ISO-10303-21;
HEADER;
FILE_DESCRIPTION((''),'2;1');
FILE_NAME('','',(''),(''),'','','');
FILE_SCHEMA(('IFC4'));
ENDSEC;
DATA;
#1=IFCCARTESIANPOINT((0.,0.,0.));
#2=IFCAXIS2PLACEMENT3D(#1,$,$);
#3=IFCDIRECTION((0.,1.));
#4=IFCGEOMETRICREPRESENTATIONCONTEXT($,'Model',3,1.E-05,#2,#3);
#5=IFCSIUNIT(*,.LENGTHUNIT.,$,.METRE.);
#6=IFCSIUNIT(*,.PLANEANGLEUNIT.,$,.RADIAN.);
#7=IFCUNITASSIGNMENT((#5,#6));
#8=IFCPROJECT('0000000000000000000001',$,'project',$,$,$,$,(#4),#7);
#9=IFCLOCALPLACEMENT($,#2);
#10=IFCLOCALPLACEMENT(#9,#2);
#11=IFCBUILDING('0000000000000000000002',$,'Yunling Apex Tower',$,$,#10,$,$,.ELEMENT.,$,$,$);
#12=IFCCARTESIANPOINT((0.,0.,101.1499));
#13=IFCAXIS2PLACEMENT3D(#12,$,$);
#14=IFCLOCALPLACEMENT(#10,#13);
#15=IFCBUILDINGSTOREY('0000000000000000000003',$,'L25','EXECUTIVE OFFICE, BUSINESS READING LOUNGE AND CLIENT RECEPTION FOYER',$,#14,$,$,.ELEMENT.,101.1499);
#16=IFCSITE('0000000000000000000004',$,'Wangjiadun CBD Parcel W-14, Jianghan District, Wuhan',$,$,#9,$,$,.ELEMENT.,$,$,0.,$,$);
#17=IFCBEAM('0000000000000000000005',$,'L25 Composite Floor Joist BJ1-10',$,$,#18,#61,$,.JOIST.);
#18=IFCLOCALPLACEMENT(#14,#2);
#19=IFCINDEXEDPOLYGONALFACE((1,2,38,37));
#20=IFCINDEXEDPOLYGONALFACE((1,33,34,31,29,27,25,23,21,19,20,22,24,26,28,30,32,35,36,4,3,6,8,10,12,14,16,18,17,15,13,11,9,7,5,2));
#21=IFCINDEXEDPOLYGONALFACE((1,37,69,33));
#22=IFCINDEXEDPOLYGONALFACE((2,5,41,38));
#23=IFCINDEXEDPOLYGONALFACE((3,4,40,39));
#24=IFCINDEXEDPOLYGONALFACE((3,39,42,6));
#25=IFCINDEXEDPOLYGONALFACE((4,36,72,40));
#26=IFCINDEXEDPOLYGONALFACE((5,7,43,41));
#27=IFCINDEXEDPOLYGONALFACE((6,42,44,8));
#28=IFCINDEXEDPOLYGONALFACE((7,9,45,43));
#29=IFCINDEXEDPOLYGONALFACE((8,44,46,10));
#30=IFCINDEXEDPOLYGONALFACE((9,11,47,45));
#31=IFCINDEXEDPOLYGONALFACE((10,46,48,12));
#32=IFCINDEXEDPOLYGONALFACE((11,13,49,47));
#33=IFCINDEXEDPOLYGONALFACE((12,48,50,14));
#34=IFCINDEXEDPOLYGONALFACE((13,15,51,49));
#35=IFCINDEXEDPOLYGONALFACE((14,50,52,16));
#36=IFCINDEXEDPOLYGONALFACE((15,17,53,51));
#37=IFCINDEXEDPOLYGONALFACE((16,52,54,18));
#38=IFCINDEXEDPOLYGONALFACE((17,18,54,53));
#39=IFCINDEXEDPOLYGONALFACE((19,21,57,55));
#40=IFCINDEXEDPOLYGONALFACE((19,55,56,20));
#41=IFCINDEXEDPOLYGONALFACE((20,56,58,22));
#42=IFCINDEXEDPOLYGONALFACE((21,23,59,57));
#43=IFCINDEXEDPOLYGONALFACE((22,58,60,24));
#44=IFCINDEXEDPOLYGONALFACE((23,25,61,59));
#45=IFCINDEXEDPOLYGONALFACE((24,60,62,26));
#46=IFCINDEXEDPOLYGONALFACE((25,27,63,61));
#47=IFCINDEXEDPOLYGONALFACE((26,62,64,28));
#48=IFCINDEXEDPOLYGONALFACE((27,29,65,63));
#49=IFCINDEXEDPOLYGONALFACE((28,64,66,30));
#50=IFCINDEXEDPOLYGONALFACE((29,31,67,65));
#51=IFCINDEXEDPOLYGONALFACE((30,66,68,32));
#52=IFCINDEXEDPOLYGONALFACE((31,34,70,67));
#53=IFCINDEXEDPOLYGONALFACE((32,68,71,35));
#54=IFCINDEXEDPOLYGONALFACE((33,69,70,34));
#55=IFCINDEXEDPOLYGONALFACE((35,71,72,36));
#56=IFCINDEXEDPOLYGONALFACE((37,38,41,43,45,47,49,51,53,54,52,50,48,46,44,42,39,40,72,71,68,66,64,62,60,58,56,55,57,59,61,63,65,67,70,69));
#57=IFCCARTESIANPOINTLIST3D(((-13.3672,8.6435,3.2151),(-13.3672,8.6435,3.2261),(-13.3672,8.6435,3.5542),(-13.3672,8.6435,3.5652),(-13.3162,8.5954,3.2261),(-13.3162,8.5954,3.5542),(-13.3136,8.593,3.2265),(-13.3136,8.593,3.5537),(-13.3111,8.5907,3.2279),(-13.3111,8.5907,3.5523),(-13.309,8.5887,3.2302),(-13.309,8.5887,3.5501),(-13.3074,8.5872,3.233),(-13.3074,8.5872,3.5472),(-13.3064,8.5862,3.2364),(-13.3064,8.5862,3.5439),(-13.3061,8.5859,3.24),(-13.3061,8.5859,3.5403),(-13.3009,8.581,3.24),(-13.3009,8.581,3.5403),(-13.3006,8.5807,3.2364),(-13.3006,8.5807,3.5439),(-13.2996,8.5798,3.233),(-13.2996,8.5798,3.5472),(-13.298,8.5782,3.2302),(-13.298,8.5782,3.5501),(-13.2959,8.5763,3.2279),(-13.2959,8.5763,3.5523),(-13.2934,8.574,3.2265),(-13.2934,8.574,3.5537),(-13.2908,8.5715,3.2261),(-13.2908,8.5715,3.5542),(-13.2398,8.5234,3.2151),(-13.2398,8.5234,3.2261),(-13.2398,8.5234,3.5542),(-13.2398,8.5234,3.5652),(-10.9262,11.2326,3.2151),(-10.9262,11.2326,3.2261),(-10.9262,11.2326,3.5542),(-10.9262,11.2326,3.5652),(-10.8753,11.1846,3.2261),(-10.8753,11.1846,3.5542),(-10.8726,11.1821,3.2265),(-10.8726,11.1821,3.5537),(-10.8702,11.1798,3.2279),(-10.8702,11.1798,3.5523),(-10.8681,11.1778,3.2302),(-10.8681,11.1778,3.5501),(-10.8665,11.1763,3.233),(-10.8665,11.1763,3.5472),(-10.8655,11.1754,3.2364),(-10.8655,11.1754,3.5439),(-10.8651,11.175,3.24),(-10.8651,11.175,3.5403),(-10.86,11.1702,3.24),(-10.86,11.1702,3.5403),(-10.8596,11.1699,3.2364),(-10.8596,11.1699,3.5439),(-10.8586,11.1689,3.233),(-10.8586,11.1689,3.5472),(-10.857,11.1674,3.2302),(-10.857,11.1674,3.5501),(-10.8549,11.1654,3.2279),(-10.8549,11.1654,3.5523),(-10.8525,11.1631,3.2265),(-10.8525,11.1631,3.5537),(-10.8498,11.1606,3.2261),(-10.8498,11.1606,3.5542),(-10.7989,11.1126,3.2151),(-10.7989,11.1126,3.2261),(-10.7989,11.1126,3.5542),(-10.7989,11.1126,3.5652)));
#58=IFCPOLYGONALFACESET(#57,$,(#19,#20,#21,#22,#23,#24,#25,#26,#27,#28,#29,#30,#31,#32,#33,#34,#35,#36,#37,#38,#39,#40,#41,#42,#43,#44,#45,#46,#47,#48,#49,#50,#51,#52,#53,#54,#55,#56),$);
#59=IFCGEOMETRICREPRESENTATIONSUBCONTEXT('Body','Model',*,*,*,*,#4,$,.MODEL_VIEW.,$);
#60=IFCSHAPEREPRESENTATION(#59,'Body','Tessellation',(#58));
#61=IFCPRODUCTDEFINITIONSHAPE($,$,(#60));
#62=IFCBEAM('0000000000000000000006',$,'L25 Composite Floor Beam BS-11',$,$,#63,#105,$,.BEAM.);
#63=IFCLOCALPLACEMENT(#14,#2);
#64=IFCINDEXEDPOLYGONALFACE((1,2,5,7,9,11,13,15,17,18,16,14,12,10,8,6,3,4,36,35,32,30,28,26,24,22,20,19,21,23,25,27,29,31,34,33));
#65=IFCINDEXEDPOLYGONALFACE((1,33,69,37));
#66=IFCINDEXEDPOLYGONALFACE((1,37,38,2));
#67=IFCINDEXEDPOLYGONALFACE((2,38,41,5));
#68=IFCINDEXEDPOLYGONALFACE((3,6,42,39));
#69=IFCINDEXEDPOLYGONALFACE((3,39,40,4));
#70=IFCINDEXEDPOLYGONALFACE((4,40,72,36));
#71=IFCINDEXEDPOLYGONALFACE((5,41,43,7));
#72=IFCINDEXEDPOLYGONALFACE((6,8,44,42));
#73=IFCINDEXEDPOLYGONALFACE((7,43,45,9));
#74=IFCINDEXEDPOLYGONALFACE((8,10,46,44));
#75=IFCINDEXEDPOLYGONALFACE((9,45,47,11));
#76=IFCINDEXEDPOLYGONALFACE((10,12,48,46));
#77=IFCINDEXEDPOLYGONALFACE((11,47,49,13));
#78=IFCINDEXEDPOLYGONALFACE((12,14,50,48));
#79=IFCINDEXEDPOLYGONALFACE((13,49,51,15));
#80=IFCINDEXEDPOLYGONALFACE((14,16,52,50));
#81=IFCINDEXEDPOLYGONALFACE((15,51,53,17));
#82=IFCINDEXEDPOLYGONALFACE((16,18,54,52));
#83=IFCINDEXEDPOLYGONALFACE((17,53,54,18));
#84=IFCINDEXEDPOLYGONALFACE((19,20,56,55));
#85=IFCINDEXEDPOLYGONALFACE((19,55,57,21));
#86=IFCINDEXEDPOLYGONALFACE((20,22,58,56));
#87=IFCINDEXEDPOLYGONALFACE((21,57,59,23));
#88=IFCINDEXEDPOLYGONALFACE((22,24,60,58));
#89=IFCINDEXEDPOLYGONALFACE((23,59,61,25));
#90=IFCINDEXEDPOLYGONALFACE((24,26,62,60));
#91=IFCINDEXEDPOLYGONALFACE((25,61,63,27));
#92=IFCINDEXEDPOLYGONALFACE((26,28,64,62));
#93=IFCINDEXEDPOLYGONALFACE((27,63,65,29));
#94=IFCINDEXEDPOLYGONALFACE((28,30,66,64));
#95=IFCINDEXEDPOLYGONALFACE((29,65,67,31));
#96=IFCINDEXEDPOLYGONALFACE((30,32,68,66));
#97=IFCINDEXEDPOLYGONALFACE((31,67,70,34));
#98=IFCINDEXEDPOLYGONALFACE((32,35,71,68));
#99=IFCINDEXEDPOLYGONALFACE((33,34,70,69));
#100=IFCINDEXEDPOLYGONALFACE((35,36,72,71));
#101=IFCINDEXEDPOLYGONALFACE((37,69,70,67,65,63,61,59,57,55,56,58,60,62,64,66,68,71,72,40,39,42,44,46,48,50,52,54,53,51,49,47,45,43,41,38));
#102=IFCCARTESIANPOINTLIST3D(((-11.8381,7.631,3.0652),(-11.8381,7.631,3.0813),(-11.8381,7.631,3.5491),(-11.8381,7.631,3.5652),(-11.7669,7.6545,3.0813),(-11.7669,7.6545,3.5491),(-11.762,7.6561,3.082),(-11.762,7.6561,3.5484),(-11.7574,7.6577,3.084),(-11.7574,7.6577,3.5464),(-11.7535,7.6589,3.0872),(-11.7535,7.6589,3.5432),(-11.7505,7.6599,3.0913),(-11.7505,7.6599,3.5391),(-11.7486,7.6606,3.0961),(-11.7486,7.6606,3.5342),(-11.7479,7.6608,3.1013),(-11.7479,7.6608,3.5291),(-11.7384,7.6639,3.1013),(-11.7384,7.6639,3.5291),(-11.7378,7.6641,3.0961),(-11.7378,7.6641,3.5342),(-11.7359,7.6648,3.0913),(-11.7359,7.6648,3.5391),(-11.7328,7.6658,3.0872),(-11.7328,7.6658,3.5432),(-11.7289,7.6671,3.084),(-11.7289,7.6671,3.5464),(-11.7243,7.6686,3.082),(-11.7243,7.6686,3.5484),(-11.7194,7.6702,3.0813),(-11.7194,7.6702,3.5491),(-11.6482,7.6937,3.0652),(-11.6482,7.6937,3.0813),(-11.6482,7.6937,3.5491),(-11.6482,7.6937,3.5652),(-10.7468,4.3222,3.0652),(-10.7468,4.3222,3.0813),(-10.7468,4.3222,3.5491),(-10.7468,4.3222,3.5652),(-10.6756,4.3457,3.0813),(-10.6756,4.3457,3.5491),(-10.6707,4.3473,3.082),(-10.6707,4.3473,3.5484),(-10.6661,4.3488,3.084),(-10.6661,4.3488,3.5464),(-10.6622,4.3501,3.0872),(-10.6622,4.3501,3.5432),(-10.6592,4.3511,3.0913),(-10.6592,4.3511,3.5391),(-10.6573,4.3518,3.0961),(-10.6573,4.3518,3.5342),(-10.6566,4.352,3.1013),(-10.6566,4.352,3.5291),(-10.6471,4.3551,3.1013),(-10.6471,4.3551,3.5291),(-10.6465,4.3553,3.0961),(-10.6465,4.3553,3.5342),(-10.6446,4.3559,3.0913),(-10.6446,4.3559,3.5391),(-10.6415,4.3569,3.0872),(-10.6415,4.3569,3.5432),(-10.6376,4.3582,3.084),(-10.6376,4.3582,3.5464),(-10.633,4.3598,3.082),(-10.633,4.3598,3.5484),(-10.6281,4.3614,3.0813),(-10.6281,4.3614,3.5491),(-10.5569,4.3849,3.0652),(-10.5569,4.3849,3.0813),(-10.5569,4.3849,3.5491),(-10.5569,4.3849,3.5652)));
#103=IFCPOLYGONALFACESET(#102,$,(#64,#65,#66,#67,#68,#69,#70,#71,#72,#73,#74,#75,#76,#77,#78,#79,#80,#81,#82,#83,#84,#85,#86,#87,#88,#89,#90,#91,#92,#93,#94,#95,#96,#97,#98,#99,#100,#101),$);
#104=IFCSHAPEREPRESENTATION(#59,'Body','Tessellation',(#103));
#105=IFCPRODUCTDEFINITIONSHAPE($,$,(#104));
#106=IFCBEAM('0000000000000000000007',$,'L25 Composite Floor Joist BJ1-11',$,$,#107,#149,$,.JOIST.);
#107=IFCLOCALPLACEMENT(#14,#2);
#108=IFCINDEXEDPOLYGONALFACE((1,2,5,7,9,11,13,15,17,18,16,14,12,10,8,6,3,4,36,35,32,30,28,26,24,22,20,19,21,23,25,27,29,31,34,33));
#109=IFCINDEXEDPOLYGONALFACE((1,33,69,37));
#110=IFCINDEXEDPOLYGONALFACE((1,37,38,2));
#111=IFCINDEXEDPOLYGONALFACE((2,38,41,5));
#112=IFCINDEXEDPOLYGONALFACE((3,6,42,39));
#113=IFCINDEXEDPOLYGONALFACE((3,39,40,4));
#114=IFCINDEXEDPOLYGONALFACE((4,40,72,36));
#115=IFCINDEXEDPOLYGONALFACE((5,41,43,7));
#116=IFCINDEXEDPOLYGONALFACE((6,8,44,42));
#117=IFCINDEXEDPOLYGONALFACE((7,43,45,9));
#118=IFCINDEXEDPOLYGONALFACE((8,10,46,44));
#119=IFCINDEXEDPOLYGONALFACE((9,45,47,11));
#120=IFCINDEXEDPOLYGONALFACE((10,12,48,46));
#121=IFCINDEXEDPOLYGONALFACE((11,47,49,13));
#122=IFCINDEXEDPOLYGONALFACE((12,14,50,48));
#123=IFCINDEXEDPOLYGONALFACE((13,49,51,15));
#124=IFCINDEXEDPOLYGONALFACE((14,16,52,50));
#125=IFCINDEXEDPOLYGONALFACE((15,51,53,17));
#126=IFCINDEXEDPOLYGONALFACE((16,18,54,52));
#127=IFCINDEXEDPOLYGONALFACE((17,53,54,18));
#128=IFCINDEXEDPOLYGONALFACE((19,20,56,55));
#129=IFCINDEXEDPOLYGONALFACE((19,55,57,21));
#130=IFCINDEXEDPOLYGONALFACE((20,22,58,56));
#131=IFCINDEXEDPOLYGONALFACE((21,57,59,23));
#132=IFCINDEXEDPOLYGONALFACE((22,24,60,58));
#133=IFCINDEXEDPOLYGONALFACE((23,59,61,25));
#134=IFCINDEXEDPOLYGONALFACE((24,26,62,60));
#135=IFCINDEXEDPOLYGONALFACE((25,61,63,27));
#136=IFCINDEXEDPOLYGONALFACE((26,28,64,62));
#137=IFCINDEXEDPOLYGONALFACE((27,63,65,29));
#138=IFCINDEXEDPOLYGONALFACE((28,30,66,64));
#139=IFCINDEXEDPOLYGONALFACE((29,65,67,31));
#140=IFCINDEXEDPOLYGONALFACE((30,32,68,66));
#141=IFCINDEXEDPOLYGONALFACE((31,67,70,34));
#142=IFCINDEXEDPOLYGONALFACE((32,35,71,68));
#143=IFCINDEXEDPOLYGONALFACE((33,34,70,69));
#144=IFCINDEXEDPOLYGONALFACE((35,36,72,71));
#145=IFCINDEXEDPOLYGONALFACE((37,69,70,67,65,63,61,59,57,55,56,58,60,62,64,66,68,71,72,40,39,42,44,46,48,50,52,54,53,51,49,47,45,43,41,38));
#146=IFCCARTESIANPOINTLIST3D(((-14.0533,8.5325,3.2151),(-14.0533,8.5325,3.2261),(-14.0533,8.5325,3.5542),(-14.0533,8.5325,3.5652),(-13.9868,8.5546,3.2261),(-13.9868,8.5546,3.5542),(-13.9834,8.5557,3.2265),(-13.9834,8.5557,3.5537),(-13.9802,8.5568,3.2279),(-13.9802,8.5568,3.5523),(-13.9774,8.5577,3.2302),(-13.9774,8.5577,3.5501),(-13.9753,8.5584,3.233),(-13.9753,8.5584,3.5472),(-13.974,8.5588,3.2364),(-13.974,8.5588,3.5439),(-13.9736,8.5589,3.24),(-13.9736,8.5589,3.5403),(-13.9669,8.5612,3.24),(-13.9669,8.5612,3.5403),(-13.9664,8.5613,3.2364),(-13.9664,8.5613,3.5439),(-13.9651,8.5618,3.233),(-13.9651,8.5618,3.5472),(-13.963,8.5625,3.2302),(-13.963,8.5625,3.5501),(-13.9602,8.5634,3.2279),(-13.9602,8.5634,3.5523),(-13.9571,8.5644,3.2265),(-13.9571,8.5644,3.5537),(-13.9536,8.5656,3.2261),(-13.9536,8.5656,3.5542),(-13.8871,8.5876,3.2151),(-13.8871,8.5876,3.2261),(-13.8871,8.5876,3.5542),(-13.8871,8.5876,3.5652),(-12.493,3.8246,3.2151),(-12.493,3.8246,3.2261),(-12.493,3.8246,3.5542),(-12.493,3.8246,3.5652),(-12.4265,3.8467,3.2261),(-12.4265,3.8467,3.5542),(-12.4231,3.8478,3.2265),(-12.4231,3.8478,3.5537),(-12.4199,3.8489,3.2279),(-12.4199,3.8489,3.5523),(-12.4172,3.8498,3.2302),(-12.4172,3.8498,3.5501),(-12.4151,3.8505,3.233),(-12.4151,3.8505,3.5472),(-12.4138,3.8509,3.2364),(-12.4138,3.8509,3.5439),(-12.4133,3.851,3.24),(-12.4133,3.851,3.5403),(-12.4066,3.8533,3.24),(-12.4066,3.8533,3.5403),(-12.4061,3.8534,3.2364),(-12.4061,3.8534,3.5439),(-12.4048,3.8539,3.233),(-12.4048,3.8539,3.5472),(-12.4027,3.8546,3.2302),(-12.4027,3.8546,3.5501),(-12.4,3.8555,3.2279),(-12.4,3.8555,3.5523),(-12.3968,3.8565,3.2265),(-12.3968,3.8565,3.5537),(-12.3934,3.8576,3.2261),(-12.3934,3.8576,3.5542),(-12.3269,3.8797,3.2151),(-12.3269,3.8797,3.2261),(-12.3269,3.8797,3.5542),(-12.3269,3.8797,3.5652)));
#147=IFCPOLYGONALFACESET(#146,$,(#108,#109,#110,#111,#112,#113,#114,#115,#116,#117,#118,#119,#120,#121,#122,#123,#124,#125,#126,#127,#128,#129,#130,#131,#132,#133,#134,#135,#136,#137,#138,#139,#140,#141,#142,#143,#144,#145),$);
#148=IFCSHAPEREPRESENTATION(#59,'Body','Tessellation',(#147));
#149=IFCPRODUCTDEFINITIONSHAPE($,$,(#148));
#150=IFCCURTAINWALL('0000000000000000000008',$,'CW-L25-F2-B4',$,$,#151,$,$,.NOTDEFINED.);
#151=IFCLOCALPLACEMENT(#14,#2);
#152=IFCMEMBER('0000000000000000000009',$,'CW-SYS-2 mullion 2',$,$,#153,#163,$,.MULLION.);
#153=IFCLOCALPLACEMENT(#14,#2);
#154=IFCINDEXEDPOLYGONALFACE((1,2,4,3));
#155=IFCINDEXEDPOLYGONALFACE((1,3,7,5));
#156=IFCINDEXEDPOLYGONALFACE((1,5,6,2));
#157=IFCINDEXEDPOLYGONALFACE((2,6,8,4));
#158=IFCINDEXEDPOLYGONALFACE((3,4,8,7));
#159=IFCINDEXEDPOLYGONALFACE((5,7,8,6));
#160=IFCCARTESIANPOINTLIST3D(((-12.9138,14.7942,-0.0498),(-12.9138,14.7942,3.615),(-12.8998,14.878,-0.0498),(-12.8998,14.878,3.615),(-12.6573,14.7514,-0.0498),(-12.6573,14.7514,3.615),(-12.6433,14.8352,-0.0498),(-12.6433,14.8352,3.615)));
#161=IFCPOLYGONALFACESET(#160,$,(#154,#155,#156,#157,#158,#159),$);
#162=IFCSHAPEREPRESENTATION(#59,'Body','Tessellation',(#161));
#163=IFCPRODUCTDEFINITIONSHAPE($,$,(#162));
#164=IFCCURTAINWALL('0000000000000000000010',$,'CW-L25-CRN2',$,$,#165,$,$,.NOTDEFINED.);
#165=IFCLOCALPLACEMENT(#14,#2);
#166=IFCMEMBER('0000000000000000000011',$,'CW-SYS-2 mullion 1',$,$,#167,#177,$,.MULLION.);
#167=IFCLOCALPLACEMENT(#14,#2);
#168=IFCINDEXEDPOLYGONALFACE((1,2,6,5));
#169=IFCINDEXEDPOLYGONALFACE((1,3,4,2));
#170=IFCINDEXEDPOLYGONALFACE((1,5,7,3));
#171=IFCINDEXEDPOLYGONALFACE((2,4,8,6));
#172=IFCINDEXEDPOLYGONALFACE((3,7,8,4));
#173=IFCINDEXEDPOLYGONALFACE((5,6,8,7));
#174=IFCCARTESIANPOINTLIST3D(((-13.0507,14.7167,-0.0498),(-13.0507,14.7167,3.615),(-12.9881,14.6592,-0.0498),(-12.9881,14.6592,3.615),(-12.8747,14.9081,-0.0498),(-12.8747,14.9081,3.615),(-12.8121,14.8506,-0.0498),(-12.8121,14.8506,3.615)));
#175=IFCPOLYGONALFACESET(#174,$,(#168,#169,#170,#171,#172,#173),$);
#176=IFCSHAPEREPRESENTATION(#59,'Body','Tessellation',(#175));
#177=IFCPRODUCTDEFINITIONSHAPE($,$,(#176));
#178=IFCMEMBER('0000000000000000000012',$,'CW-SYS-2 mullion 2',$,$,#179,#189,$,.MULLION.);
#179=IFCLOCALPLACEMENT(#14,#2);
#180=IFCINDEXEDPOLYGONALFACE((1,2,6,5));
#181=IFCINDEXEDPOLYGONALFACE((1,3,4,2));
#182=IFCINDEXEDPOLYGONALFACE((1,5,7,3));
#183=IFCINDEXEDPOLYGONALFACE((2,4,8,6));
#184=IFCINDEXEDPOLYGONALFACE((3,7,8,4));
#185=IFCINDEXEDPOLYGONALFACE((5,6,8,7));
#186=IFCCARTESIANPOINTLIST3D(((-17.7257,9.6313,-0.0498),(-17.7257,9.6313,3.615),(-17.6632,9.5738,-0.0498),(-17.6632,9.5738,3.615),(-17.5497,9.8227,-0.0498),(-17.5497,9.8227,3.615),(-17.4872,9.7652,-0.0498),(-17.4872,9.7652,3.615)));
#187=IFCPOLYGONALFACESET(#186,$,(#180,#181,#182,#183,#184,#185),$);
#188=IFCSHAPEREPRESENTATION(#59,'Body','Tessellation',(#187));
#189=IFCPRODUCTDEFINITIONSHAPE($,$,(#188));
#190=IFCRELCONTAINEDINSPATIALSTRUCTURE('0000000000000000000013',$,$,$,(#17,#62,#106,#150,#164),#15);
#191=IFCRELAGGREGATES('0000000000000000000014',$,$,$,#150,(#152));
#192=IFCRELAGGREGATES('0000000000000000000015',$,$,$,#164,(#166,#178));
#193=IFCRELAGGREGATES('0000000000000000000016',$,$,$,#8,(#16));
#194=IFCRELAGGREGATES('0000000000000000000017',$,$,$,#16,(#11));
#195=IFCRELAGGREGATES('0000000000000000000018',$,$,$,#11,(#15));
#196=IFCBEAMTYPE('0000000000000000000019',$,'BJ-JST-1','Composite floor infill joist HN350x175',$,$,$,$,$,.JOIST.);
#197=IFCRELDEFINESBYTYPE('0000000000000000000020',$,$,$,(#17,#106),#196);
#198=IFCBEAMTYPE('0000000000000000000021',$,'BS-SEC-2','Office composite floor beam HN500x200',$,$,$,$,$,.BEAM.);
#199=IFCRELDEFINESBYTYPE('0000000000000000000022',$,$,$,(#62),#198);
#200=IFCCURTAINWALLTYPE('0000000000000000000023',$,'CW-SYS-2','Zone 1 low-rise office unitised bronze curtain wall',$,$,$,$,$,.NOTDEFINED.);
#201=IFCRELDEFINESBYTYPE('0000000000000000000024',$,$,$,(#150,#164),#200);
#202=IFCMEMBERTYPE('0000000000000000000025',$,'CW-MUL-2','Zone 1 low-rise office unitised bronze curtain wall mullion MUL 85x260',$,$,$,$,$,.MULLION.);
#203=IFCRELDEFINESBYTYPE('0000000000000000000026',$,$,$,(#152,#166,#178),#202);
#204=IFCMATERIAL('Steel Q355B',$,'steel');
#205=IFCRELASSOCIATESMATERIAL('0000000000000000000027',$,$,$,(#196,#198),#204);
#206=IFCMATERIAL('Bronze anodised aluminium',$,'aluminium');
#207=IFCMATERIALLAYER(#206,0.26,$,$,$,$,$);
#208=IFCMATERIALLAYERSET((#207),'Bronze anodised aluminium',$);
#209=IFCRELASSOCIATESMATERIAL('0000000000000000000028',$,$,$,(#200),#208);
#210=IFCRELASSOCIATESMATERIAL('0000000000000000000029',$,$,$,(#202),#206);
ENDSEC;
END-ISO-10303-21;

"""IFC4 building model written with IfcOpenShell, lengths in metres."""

from ifc_helpers import new_model, si_unit, direction, frame, origin, origin_2d, place, context, subcontext, project, spatial, rectangle, i_section, extrude, source, transform, mapped, material, layer, layer_set, material_profile, profile_set, type_object, element, aggregate, save


model = new_model("IFC4")

# Units and contexts
model_context = context("Model", 3, precision=1e-05, world=origin(), true_north=direction((0.0, 1.0)))
body_context = subcontext(model_context, "Body", "Model", "MODEL_VIEW")
ifc_project = project(units=[si_unit("LENGTHUNIT", "METRE"), si_unit("PLANEANGLEUNIT", "RADIAN")], contexts=[model_context])

# Site, building, storey
site_placement = place(None, origin())
site = spatial("IfcSite", under=ifc_project, at=site_placement, Name="Wangjiadun CBD Parcel W-14, Jianghan District, Wuhan", CompositionType="ELEMENT", RefElevation=0.0)
building_placement = place(site_placement, origin())
building = spatial("IfcBuilding", under=site, at=building_placement, Name="Yunling Apex Tower", CompositionType="ELEMENT")
storey_placement = place(building_placement, frame((0.0, 0.0, 101.1499)))
storey = spatial("IfcBuildingStorey", under=building, at=storey_placement, Name="L25", Description="EXECUTIVE OFFICE, BUSINESS READING LOUNGE AND CLIENT RECEPTION FOYER", CompositionType="ELEMENT", Elevation=101.1499)

# Beams
ifc_material_1 = material(Name="Steel Q355B", Category="steel")
ifc_material_profile_1 = material_profile(ifc_material_1, i_section(OverallWidth=0.175, OverallDepth=0.3501, WebThickness=0.0071, FlangeThickness=0.011, FilletRadius=0.0139, at=origin_2d()))
ifc_profile_set_1 = profile_set([ifc_material_profile_1], Name="Steel Q355B")
beam_type_1 = type_object("IfcBeamType", Name="BJ-JST-1", Description="Composite floor infill joist HN350x175", PredefinedType="JOIST", material=ifc_profile_set_1)
shared_shape_1 = source(origin(), body_context, "Body", "SweptSolid", [
    extrude(i_section(OverallWidth=0.175, OverallDepth=0.3501, WebThickness=0.0071, FlangeThickness=0.011, FilletRadius=0.0139, at=origin_2d()), origin(), (0.0, 0.0, 1.0), 3.5583),
])
beam_1_placement = place(storey_placement, frame((-10.8625, 11.1726, 3.3901), z_axis=(-0.685977, -0.727624, 0.0), x_axis=(0.727624, -0.685977, 0.0)))
element("IfcBeam", 1, at=beam_1_placement, inside=storey, type_object=beam_type_1, Name="L25 Composite Floor Joist BJ1-10", PredefinedType="JOIST", context=body_context, shape_type="MappedRepresentation", body=[
    mapped(shared_shape_1, transform((0.0, 0.0, 0.0), scale=1.0)),
])
ifc_material_profile_2 = material_profile(ifc_material_1, i_section(OverallWidth=0.2, OverallDepth=0.5, WebThickness=0.01, FlangeThickness=0.0161, FilletRadius=0.02, at=origin_2d()))
ifc_profile_set_2 = profile_set([ifc_material_profile_2], Name="Steel Q355B")
beam_type_2 = type_object("IfcBeamType", Name="BS-SEC-2", Description="Office composite floor beam HN500x200", PredefinedType="BEAM", material=ifc_profile_set_2)
shared_shape_2 = source(origin(), body_context, "Body", "SweptSolid", [
    extrude(i_section(OverallWidth=0.2, OverallDepth=0.5, WebThickness=0.01, FlangeThickness=0.0161, FilletRadius=0.02, at=origin_2d()), origin(), (0.0, 0.0, 1.0), 3.4841),
])
beam_2_placement = place(storey_placement, frame((-11.7432, 7.6624, 3.3152), z_axis=(0.31322, -0.949681, 0.0), x_axis=(0.949681, 0.31322, 0.0)))
element("IfcBeam", 2, at=beam_2_placement, inside=storey, type_object=beam_type_2, Name="L25 Composite Floor Beam BS-11", PredefinedType="BEAM", context=body_context, shape_type="MappedRepresentation", body=[
    mapped(shared_shape_2, transform((0.0, 0.0, 0.0), scale=1.0)),
])
shared_shape_3 = source(origin(), body_context, "Body", "SweptSolid", [
    extrude(i_section(OverallWidth=0.175, OverallDepth=0.3501, WebThickness=0.0071, FlangeThickness=0.011, FilletRadius=0.0139, at=origin_2d()), origin(), (0.0, 0.0, 1.0), 4.9597),
])
beam_3_placement = place(storey_placement, frame((-13.9702, 8.5601, 3.3901), z_axis=(0.314588, -0.949228, 0.0), x_axis=(0.949228, 0.314588, 0.0)))
element("IfcBeam", 3, at=beam_3_placement, inside=storey, type_object=beam_type_1, Name="L25 Composite Floor Joist BJ1-11", PredefinedType="JOIST", context=body_context, shape_type="MappedRepresentation", body=[
    mapped(shared_shape_3, transform((0.0, 0.0, 0.0), scale=1.0)),
])

# Curtain wall, member
ifc_material_2 = material(Name="Bronze anodised aluminium", Category="aluminium")
ifc_layer_1 = layer(ifc_material_2, 0.26)
ifc_layer_set_1 = layer_set([ifc_layer_1], Name="Bronze anodised aluminium")
curtain_wall_type = type_object("IfcCurtainWallType", Name="CW-SYS-2", Description="Zone 1 low-rise office unitised bronze curtain wall", PredefinedType="NOTDEFINED", material=ifc_layer_set_1)
curtain_wall_1_placement = place(storey_placement, origin())
curtain_wall_1 = element("IfcCurtainWall", 4, at=curtain_wall_1_placement, inside=storey, type_object=curtain_wall_type, Name="CW-L25-F2-B4", PredefinedType="NOTDEFINED")
ifc_material_profile_3 = material_profile(ifc_material_2, rectangle(XDim=0.085, YDim=0.26, at=origin_2d()))
ifc_profile_set_3 = profile_set([ifc_material_profile_3], Name="Bronze anodised aluminium")
member_type_1 = type_object("IfcMemberType", Name="CW-MUL-2", Description="Zone 1 low-rise office unitised bronze curtain wall mullion MUL 85x260", PredefinedType="MULLION", material=ifc_profile_set_3)
shared_shape_4 = source(origin(), body_context, "Body", "SweptSolid", [
    extrude(rectangle(XDim=0.085, YDim=0.26, at=origin_2d()), origin(), (0.0, 0.0, 1.0), 3.6648),
])
member_1_placement = place(storey_placement, frame((-12.7786, 14.8147, -0.0498), z_axis=(0.0, 0.0, 1.0), x_axis=(-0.16436, -0.9864, 0.0)))
member_1 = element("IfcMember", 5, at=member_1_placement, type_object=member_type_1, Name="CW-SYS-2 mullion 2", PredefinedType="MULLION", context=body_context, shape_type="MappedRepresentation", body=[
    mapped(shared_shape_4, transform((0.0, 0.0, 0.0), scale=1.0)),
])
aggregate(curtain_wall_1, [member_1])

# Curtain wall, members
curtain_wall_2_placement = place(storey_placement, origin())
curtain_wall_2 = element("IfcCurtainWall", 6, at=curtain_wall_2_placement, inside=storey, type_object=curtain_wall_type, Name="CW-L25-CRN2", PredefinedType="NOTDEFINED")
member_2_placement = place(storey_placement, frame((-12.9314, 14.7837, -0.0498), z_axis=(0.0, 0.0, 1.0), x_axis=(0.736185, -0.676781, 0.0)))
member_2 = element("IfcMember", 7, at=member_2_placement, type_object=member_type_1, Name="CW-SYS-2 mullion 1", PredefinedType="MULLION", context=body_context, shape_type="MappedRepresentation", body=[
    mapped(shared_shape_4, transform((0.0, 0.0, 0.0), scale=1.0)),
])
member_3_placement = place(storey_placement, frame((-17.6064, 9.6982, -0.0498), z_axis=(0.0, 0.0, 1.0), x_axis=(0.736185, -0.676781, 0.0)))
member_3 = element("IfcMember", 8, at=member_3_placement, type_object=member_type_1, Name="CW-SYS-2 mullion 2", PredefinedType="MULLION", context=body_context, shape_type="MappedRepresentation", body=[
    mapped(shared_shape_4, transform((0.0, 0.0, 0.0), scale=1.0)),
])

aggregate(curtain_wall_2, [member_2, member_3])

save(model, "model.ifc")
